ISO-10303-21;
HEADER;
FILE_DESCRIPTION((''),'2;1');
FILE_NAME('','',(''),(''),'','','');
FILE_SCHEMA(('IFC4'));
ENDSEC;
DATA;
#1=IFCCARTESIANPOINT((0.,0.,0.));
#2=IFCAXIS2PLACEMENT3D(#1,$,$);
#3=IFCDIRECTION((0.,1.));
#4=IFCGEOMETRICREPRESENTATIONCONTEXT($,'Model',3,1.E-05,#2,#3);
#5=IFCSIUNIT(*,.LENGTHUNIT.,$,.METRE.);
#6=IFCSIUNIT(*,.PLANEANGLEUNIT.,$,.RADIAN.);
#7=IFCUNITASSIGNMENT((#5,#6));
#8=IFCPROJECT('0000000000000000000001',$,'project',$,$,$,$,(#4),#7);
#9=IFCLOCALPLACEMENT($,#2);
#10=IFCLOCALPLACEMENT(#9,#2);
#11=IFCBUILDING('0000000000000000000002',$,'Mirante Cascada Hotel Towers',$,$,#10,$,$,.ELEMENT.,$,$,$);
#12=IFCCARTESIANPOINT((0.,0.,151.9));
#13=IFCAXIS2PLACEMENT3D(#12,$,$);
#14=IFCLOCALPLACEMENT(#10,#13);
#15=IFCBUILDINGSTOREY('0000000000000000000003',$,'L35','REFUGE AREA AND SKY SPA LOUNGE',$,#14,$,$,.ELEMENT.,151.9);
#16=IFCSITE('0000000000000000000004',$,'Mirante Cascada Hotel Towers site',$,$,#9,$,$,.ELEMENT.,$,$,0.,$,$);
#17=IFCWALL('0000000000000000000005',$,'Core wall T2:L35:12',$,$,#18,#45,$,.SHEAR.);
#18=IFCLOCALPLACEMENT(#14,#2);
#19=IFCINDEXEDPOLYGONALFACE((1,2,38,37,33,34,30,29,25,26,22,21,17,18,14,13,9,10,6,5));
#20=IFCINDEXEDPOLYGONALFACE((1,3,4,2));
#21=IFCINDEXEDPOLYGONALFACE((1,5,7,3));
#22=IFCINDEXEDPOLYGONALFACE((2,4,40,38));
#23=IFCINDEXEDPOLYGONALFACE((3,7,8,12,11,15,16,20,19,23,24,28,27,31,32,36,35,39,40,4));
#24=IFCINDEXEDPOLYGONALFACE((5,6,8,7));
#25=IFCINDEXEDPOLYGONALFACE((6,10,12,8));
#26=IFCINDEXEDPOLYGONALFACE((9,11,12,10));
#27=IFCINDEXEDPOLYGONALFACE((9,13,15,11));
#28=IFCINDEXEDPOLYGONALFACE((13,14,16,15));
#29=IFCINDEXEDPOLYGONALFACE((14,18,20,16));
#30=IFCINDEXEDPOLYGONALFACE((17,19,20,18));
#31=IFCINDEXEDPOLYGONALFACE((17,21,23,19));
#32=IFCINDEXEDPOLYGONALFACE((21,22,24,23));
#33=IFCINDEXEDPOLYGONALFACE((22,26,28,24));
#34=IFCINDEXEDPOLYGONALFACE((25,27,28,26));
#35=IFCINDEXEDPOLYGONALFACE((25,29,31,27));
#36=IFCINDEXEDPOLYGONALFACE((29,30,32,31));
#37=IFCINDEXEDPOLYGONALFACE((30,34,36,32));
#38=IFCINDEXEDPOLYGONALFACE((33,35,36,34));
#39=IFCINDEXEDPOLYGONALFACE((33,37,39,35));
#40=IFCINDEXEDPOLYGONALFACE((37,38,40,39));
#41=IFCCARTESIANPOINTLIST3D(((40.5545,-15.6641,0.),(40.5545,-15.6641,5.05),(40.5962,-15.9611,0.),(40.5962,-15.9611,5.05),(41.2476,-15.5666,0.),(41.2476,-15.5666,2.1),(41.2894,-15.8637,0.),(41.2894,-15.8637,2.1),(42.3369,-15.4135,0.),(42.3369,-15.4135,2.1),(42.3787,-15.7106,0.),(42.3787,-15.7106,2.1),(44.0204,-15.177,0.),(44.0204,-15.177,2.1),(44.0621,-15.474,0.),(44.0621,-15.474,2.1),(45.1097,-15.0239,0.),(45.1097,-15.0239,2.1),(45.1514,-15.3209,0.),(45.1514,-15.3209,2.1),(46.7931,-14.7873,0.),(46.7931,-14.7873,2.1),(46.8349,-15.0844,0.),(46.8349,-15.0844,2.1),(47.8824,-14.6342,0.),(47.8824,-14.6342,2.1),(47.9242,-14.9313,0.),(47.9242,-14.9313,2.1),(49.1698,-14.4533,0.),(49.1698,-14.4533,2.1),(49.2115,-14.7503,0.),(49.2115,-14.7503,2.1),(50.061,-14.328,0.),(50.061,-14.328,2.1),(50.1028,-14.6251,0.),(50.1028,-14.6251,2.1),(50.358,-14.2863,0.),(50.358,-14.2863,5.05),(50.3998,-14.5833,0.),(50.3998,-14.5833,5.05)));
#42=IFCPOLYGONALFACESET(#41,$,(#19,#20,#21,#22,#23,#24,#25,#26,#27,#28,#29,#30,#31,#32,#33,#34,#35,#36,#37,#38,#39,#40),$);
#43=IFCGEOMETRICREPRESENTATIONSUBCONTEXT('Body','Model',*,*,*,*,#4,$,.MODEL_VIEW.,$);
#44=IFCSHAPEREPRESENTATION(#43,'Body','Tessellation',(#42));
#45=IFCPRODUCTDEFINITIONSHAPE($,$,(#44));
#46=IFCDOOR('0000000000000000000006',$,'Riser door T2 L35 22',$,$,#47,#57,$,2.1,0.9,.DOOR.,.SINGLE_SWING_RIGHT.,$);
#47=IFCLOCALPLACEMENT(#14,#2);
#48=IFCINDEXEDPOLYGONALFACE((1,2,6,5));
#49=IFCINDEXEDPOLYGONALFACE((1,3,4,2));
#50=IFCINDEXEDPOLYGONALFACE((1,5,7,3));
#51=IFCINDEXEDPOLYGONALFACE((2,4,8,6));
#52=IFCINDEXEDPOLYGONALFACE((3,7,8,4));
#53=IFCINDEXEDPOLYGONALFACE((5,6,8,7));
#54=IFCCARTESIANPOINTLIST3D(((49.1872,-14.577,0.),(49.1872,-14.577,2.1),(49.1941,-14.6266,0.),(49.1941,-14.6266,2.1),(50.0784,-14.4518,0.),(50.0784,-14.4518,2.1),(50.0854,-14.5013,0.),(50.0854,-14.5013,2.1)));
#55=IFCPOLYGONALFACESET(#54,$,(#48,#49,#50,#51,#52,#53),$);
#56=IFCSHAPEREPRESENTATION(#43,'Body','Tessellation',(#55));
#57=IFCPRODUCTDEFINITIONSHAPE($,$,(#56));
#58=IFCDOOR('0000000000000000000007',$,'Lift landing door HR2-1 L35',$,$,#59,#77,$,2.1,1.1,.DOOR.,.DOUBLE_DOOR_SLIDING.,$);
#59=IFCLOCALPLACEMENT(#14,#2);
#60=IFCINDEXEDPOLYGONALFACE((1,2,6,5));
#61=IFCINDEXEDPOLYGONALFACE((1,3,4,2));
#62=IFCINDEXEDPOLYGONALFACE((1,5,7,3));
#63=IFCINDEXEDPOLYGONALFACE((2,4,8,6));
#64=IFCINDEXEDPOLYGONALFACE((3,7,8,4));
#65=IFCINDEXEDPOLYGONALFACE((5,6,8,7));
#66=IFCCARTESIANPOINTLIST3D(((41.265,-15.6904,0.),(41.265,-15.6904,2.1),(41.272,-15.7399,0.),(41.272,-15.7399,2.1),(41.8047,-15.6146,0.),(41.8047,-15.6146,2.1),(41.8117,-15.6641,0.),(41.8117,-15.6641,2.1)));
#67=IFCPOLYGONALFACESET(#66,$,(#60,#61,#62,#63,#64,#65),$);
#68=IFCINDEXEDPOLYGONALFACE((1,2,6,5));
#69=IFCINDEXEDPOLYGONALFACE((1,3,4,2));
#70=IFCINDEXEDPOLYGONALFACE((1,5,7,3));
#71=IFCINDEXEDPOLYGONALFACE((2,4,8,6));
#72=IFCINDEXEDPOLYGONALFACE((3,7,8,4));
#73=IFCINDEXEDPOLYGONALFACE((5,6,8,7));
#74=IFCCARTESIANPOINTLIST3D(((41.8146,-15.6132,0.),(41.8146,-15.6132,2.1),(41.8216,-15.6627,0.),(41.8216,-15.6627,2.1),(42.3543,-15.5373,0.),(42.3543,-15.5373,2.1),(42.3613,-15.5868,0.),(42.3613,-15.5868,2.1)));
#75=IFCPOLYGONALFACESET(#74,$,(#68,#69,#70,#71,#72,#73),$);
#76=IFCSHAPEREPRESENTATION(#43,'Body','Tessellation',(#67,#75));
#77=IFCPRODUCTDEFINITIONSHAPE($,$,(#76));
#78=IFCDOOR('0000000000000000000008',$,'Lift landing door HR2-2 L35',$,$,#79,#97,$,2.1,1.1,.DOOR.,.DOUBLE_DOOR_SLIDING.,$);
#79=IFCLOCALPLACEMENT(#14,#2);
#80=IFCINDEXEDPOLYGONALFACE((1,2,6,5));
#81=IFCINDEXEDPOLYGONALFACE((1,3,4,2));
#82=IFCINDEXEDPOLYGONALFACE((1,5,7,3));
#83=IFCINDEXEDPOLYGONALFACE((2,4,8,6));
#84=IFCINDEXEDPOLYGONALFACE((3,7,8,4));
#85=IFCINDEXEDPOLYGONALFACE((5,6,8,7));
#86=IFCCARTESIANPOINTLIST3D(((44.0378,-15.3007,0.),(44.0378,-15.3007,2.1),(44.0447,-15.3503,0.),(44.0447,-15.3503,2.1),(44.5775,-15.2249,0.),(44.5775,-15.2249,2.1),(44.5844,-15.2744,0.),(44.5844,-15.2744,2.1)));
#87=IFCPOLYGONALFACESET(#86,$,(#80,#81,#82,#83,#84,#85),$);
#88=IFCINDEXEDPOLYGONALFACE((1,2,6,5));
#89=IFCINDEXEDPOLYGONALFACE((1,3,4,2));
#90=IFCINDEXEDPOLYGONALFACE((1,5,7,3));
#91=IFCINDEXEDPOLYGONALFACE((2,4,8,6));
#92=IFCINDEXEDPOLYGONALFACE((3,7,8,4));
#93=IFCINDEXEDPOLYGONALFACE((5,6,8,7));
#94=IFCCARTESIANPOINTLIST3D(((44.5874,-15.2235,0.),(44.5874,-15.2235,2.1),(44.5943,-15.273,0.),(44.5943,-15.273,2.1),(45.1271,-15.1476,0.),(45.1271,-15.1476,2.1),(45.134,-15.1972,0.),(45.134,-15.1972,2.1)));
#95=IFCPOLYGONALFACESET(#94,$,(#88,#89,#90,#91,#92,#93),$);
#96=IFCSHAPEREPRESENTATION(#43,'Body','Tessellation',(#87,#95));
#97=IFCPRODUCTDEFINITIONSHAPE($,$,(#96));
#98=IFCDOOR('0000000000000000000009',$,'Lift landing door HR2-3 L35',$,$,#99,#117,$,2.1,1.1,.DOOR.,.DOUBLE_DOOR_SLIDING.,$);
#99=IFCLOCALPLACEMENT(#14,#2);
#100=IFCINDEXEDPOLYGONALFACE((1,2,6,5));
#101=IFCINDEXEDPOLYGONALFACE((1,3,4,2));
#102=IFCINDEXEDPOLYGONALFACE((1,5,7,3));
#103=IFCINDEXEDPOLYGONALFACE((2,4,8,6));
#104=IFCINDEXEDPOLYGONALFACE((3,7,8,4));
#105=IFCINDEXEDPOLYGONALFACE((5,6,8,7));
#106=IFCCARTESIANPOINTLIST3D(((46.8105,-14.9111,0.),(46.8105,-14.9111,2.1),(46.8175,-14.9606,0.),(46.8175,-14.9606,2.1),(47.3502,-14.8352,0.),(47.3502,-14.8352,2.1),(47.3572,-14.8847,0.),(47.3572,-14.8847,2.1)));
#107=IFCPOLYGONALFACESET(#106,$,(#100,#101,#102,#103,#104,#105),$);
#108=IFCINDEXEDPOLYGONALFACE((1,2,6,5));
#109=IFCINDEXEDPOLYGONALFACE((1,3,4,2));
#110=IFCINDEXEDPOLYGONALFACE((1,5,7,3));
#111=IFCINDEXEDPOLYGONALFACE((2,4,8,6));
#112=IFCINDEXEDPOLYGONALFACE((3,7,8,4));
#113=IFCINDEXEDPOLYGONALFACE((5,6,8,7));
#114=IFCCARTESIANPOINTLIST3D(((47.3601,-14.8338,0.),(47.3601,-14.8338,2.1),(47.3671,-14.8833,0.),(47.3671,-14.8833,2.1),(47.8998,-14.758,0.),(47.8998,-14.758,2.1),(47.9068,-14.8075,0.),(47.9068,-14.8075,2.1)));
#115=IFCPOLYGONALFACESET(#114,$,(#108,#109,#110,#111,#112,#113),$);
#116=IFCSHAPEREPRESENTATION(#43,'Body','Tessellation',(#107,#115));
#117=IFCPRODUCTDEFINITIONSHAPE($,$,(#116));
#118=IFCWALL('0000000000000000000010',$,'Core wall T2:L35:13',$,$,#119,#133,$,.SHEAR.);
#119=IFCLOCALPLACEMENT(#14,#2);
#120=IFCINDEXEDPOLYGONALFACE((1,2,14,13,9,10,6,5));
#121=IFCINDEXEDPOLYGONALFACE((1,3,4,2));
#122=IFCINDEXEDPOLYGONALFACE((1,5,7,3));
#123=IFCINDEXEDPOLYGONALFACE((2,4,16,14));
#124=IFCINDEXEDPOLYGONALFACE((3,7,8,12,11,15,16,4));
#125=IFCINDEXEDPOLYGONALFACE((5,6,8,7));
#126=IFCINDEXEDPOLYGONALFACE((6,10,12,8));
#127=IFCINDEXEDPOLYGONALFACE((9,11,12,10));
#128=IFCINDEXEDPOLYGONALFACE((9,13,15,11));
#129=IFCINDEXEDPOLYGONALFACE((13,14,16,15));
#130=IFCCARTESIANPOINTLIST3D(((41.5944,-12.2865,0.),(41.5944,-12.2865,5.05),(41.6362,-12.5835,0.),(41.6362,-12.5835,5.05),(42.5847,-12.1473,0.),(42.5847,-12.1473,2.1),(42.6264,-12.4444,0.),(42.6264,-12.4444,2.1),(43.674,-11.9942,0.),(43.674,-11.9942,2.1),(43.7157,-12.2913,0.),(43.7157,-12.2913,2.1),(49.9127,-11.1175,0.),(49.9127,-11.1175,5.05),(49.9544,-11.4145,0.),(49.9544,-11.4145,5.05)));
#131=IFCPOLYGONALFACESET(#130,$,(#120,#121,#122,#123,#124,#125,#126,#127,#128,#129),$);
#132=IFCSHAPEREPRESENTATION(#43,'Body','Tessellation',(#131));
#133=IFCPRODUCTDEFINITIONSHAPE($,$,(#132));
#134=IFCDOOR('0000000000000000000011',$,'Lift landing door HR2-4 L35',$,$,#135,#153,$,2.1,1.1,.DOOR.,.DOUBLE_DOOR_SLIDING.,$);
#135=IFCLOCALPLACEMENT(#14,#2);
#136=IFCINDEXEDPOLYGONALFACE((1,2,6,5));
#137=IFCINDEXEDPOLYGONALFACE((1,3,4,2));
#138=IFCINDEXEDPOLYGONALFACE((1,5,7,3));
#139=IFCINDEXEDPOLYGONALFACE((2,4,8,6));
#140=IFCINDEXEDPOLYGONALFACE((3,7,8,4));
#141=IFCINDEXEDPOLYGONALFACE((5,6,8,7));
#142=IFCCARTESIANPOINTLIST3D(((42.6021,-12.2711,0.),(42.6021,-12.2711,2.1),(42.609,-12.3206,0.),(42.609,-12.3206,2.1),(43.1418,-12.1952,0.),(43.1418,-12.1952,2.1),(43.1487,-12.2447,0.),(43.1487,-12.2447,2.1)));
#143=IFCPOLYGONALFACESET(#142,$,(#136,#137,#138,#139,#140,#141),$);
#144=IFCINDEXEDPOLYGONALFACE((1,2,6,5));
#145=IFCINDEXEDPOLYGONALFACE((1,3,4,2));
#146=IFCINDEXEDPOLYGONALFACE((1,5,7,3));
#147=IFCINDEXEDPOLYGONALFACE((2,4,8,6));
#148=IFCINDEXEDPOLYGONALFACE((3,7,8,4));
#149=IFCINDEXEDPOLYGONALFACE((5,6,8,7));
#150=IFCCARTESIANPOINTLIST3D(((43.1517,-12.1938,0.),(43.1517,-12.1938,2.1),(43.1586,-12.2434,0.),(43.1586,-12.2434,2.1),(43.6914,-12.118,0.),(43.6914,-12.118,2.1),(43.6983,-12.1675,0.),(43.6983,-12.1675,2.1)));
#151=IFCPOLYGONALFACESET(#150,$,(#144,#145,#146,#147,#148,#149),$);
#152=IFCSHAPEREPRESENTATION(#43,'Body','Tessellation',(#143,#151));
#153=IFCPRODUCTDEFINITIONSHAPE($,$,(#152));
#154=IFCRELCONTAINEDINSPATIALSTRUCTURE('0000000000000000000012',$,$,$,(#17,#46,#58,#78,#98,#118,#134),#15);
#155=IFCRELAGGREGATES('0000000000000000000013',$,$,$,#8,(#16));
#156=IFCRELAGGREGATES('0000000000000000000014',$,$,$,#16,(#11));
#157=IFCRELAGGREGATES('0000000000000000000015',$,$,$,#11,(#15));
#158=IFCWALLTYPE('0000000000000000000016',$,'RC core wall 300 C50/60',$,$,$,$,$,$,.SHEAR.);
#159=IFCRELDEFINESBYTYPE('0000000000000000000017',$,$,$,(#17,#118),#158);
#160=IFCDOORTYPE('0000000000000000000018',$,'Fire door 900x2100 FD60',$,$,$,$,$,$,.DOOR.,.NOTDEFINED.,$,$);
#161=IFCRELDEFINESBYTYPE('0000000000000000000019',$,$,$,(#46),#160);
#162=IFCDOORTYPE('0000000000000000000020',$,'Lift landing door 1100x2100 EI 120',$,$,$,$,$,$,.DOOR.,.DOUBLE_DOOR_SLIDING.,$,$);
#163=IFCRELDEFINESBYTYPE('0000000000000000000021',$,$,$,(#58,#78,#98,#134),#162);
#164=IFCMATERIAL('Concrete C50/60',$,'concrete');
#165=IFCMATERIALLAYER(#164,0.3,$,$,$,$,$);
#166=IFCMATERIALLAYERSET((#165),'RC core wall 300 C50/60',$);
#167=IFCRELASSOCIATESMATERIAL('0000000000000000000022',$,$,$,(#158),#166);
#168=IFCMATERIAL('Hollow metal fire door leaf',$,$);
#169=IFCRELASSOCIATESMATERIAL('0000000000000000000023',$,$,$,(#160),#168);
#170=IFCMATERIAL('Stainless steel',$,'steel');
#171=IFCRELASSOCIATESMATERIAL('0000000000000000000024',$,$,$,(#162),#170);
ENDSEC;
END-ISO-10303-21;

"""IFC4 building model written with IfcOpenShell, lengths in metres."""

from ifc_helpers import new_model, si_unit, direction, frame, frame_2d, origin, place, context, subcontext, project, spatial, rectangle, extrude, material, layer, layer_set, type_object, element, fill, save


model = new_model("IFC4")

# Units and contexts
model_context = context("Model", 3, precision=1e-05, world=origin(), true_north=direction((0.0, 1.0)))
body_context = subcontext(model_context, "Body", "Model", "MODEL_VIEW")
ifc_project = project(units=[si_unit("LENGTHUNIT", "METRE"), si_unit("PLANEANGLEUNIT", "RADIAN")], contexts=[model_context])

# Site, building, storey
site_placement = place(None, origin())
site = spatial("IfcSite", under=ifc_project, at=site_placement, Name="Mirante Cascada Hotel Towers site", CompositionType="ELEMENT", RefElevation=0.0)
building_placement = place(site_placement, origin())
building = spatial("IfcBuilding", under=site, at=building_placement, Name="Mirante Cascada Hotel Towers", CompositionType="ELEMENT")
storey_placement = place(building_placement, frame((0.0, 0.0, 151.9)))
storey = spatial("IfcBuildingStorey", under=building, at=storey_placement, Name="L35", Description="REFUGE AREA AND SKY SPA LOUNGE", CompositionType="ELEMENT", Elevation=151.9)

# Shared definitions
ifc_material_1 = material(Name="Concrete C50/60", Category="concrete")
ifc_layer_1 = layer(ifc_material_1, 0.3)
ifc_layer_set_1 = layer_set([ifc_layer_1], Name="RC core wall 300 C50/60")
wall_type_1 = type_object("IfcWallType", Name="RC core wall 300 C50/60", PredefinedType="SHEAR", material=ifc_layer_set_1)

# Wall, openings, doors
wall_1_placement = place(storey_placement, frame((40.5753, -15.8126, 0.0), z_axis=(0.0, 0.0, 1.0), x_axis=(0.990268, 0.139173, 0.0)))
wall_1 = element("IfcWall", 1, at=wall_1_placement, inside=storey, type_object=wall_type_1, Name="Core wall T2:L35:12", PredefinedType="SHEAR", context=body_context, shape_type="SweptSolid", body=[
    extrude(rectangle(XDim=9.8999, YDim=0.3, at=frame_2d((4.95, 0.0))), origin(), (0.0, 0.0, 1.0), 5.05),
])
opening_1_placement = place(wall_1_placement, frame((0.7, 0.0, 0.0)))
opening_1 = element("IfcOpeningElement", 2, at=opening_1_placement, cuts=wall_1, PredefinedType="OPENING", context=body_context, shape_type="SweptSolid", body=[
    extrude(rectangle(XDim=1.1, YDim=2.1, at=frame_2d((0.55, 1.05))), frame((0.0, 0.15, 0.0), z_axis=(0.0, -1.0, 0.0), x_axis=(1.0, 0.0, 0.0)), (0.0, 0.0, 1.0), 0.3),
])
opening_2_placement = place(wall_1_placement, frame((3.5, 0.0, 0.0)))
opening_2 = element("IfcOpeningElement", 3, at=opening_2_placement, cuts=wall_1, PredefinedType="OPENING", context=body_context, shape_type="SweptSolid", body=[
    extrude(rectangle(XDim=1.1, YDim=2.1, at=frame_2d((0.55, 1.05))), frame((0.0, 0.15, 0.0), z_axis=(0.0, -1.0, 0.0), x_axis=(1.0, 0.0, 0.0)), (0.0, 0.0, 1.0), 0.3),
])
opening_3_placement = place(wall_1_placement, frame((6.3, 0.0, 0.0)))
opening_3 = element("IfcOpeningElement", 4, at=opening_3_placement, cuts=wall_1, PredefinedType="OPENING", context=body_context, shape_type="SweptSolid", body=[
    extrude(rectangle(XDim=1.1, YDim=2.1, at=frame_2d((0.55, 1.05))), frame((0.0, 0.15, 0.0), z_axis=(0.0, -1.0, 0.0), x_axis=(1.0, 0.0, 0.0)), (0.0, 0.0, 1.0), 0.3),
])
opening_4_placement = place(wall_1_placement, frame((8.7, 0.0, 0.0)))
opening_4 = element("IfcOpeningElement", 5, at=opening_4_placement, cuts=wall_1, PredefinedType="OPENING", context=body_context, shape_type="SweptSolid", body=[
    extrude(rectangle(XDim=0.9, YDim=2.1, at=frame_2d((0.45, 1.05))), frame((0.0, 0.15, 0.0), z_axis=(0.0, -1.0, 0.0), x_axis=(1.0, 0.0, 0.0)), (0.0, 0.0, 1.0), 0.3),
])
ifc_material_2 = material(Name="Hollow metal fire door leaf")
door_type_1 = type_object("IfcDoorType", Name="Fire door 900x2100 FD60", OperationType="NOTDEFINED", PredefinedType="DOOR", material=ifc_material_2)
door_1_placement = place(opening_4_placement, frame((0.9, 0.0, 0.0), z_axis=(0.0, 0.0, 1.0), x_axis=(-1.0, 0.0, 0.0)))
door_1 = element("IfcDoor", 6, at=door_1_placement, inside=storey, type_object=door_type_1, Name="Riser door T2 L35 22", OperationType="SINGLE_SWING_RIGHT", OverallHeight=2.1, OverallWidth=0.9, PredefinedType="DOOR", context=body_context, shape_type="SweptSolid", body=[
    extrude(rectangle(XDim=0.9, YDim=2.1, at=frame_2d((0.45, 1.05))), frame((0.0, 0.025, 0.0), z_axis=(0.0, -1.0, 0.0), x_axis=(1.0, 0.0, 0.0)), (0.0, 0.0, 1.0), 0.05),
])
fill(opening_4, door_1)
ifc_material_3 = material(Name="Stainless steel", Category="steel")
door_type_2 = type_object("IfcDoorType", Name="Lift landing door 1100x2100 EI 120", OperationType="DOUBLE_DOOR_SLIDING", PredefinedType="DOOR", material=ifc_material_3)
door_2_placement = place(opening_1_placement, origin())
door_2 = element("IfcDoor", 7, at=door_2_placement, inside=storey, type_object=door_type_2, Name="Lift landing door HR2-1 L35", OperationType="DOUBLE_DOOR_SLIDING", OverallHeight=2.1, OverallWidth=1.1, PredefinedType="DOOR", context=body_context, shape_type="SweptSolid", body=[
    extrude(rectangle(XDim=0.545, YDim=2.1, at=frame_2d((0.2725, 1.05))), frame((0.0, 0.025, 0.0), z_axis=(0.0, -1.0, 0.0), x_axis=(1.0, 0.0, 0.0)), (0.0, 0.0, 1.0), 0.05),
    extrude(rectangle(XDim=0.545, YDim=2.1, at=frame_2d((0.8275, 1.05))), frame((0.0, 0.025, 0.0), z_axis=(0.0, -1.0, 0.0), x_axis=(1.0, 0.0, 0.0)), (0.0, 0.0, 1.0), 0.05),
])
fill(opening_1, door_2)
door_3_placement = place(opening_2_placement, origin())
door_3 = element("IfcDoor", 8, at=door_3_placement, inside=storey, type_object=door_type_2, Name="Lift landing door HR2-2 L35", OperationType="DOUBLE_DOOR_SLIDING", OverallHeight=2.1, OverallWidth=1.1, PredefinedType="DOOR", context=body_context, shape_type="SweptSolid", body=[
    extrude(rectangle(XDim=0.545, YDim=2.1, at=frame_2d((0.2725, 1.05))), frame((0.0, 0.025, 0.0), z_axis=(0.0, -1.0, 0.0), x_axis=(1.0, 0.0, 0.0)), (0.0, 0.0, 1.0), 0.05),
    extrude(rectangle(XDim=0.545, YDim=2.1, at=frame_2d((0.8275, 1.05))), frame((0.0, 0.025, 0.0), z_axis=(0.0, -1.0, 0.0), x_axis=(1.0, 0.0, 0.0)), (0.0, 0.0, 1.0), 0.05),
])
fill(opening_2, door_3)
door_4_placement = place(opening_3_placement, origin())
door_4 = element("IfcDoor", 9, at=door_4_placement, inside=storey, type_object=door_type_2, Name="Lift landing door HR2-3 L35", OperationType="DOUBLE_DOOR_SLIDING", OverallHeight=2.1, OverallWidth=1.1, PredefinedType="DOOR", context=body_context, shape_type="SweptSolid", body=[
    extrude(rectangle(XDim=0.545, YDim=2.1, at=frame_2d((0.2725, 1.05))), frame((0.0, 0.025, 0.0), z_axis=(0.0, -1.0, 0.0), x_axis=(1.0, 0.0, 0.0)), (0.0, 0.0, 1.0), 0.05),
    extrude(rectangle(XDim=0.545, YDim=2.1, at=frame_2d((0.8275, 1.05))), frame((0.0, 0.025, 0.0), z_axis=(0.0, -1.0, 0.0), x_axis=(1.0, 0.0, 0.0)), (0.0, 0.0, 1.0), 0.05),
])
fill(opening_3, door_4)

# Wall, opening, door
wall_2_placement = place(storey_placement, frame((41.6153, -12.435, 0.0), z_axis=(0.0, 0.0, 1.0), x_axis=(0.990269, 0.139166, 0.0)))
wall_2 = element("IfcWall", 10, at=wall_2_placement, inside=storey, type_object=wall_type_1, Name="Core wall T2:L35:13", PredefinedType="SHEAR", context=body_context, shape_type="SweptSolid", body=[
    extrude(rectangle(XDim=8.4, YDim=0.3, at=frame_2d((4.2, 0.0))), origin(), (0.0, 0.0, 1.0), 5.05),
])
opening_5_placement = place(wall_2_placement, frame((1.0, 0.0, 0.0)))
opening_5 = element("IfcOpeningElement", 11, at=opening_5_placement, cuts=wall_2, PredefinedType="OPENING", context=body_context, shape_type="SweptSolid", body=[
    extrude(rectangle(XDim=1.1, YDim=2.1, at=frame_2d((0.55, 1.05))), frame((0.0, 0.15, 0.0), z_axis=(0.0, -1.0, 0.0), x_axis=(1.0, 0.0, 0.0)), (0.0, 0.0, 1.0), 0.3),
])
door_5_placement = place(opening_5_placement, origin())
door_5 = element("IfcDoor", 12, at=door_5_placement, inside=storey, type_object=door_type_2, Name="Lift landing door HR2-4 L35", OperationType="DOUBLE_DOOR_SLIDING", OverallHeight=2.1, OverallWidth=1.1, PredefinedType="DOOR", context=body_context, shape_type="SweptSolid", body=[
    extrude(rectangle(XDim=0.545, YDim=2.1, at=frame_2d((0.2725, 1.05))), frame((0.0, 0.025, 0.0), z_axis=(0.0, -1.0, 0.0), x_axis=(1.0, 0.0, 0.0)), (0.0, 0.0, 1.0), 0.05),
    extrude(rectangle(XDim=0.545, YDim=2.1, at=frame_2d((0.8275, 1.05))), frame((0.0, 0.025, 0.0), z_axis=(0.0, -1.0, 0.0), x_axis=(1.0, 0.0, 0.0)), (0.0, 0.0, 1.0), 0.05),
])
fill(opening_5, door_5)

save(model, "model.ifc")
